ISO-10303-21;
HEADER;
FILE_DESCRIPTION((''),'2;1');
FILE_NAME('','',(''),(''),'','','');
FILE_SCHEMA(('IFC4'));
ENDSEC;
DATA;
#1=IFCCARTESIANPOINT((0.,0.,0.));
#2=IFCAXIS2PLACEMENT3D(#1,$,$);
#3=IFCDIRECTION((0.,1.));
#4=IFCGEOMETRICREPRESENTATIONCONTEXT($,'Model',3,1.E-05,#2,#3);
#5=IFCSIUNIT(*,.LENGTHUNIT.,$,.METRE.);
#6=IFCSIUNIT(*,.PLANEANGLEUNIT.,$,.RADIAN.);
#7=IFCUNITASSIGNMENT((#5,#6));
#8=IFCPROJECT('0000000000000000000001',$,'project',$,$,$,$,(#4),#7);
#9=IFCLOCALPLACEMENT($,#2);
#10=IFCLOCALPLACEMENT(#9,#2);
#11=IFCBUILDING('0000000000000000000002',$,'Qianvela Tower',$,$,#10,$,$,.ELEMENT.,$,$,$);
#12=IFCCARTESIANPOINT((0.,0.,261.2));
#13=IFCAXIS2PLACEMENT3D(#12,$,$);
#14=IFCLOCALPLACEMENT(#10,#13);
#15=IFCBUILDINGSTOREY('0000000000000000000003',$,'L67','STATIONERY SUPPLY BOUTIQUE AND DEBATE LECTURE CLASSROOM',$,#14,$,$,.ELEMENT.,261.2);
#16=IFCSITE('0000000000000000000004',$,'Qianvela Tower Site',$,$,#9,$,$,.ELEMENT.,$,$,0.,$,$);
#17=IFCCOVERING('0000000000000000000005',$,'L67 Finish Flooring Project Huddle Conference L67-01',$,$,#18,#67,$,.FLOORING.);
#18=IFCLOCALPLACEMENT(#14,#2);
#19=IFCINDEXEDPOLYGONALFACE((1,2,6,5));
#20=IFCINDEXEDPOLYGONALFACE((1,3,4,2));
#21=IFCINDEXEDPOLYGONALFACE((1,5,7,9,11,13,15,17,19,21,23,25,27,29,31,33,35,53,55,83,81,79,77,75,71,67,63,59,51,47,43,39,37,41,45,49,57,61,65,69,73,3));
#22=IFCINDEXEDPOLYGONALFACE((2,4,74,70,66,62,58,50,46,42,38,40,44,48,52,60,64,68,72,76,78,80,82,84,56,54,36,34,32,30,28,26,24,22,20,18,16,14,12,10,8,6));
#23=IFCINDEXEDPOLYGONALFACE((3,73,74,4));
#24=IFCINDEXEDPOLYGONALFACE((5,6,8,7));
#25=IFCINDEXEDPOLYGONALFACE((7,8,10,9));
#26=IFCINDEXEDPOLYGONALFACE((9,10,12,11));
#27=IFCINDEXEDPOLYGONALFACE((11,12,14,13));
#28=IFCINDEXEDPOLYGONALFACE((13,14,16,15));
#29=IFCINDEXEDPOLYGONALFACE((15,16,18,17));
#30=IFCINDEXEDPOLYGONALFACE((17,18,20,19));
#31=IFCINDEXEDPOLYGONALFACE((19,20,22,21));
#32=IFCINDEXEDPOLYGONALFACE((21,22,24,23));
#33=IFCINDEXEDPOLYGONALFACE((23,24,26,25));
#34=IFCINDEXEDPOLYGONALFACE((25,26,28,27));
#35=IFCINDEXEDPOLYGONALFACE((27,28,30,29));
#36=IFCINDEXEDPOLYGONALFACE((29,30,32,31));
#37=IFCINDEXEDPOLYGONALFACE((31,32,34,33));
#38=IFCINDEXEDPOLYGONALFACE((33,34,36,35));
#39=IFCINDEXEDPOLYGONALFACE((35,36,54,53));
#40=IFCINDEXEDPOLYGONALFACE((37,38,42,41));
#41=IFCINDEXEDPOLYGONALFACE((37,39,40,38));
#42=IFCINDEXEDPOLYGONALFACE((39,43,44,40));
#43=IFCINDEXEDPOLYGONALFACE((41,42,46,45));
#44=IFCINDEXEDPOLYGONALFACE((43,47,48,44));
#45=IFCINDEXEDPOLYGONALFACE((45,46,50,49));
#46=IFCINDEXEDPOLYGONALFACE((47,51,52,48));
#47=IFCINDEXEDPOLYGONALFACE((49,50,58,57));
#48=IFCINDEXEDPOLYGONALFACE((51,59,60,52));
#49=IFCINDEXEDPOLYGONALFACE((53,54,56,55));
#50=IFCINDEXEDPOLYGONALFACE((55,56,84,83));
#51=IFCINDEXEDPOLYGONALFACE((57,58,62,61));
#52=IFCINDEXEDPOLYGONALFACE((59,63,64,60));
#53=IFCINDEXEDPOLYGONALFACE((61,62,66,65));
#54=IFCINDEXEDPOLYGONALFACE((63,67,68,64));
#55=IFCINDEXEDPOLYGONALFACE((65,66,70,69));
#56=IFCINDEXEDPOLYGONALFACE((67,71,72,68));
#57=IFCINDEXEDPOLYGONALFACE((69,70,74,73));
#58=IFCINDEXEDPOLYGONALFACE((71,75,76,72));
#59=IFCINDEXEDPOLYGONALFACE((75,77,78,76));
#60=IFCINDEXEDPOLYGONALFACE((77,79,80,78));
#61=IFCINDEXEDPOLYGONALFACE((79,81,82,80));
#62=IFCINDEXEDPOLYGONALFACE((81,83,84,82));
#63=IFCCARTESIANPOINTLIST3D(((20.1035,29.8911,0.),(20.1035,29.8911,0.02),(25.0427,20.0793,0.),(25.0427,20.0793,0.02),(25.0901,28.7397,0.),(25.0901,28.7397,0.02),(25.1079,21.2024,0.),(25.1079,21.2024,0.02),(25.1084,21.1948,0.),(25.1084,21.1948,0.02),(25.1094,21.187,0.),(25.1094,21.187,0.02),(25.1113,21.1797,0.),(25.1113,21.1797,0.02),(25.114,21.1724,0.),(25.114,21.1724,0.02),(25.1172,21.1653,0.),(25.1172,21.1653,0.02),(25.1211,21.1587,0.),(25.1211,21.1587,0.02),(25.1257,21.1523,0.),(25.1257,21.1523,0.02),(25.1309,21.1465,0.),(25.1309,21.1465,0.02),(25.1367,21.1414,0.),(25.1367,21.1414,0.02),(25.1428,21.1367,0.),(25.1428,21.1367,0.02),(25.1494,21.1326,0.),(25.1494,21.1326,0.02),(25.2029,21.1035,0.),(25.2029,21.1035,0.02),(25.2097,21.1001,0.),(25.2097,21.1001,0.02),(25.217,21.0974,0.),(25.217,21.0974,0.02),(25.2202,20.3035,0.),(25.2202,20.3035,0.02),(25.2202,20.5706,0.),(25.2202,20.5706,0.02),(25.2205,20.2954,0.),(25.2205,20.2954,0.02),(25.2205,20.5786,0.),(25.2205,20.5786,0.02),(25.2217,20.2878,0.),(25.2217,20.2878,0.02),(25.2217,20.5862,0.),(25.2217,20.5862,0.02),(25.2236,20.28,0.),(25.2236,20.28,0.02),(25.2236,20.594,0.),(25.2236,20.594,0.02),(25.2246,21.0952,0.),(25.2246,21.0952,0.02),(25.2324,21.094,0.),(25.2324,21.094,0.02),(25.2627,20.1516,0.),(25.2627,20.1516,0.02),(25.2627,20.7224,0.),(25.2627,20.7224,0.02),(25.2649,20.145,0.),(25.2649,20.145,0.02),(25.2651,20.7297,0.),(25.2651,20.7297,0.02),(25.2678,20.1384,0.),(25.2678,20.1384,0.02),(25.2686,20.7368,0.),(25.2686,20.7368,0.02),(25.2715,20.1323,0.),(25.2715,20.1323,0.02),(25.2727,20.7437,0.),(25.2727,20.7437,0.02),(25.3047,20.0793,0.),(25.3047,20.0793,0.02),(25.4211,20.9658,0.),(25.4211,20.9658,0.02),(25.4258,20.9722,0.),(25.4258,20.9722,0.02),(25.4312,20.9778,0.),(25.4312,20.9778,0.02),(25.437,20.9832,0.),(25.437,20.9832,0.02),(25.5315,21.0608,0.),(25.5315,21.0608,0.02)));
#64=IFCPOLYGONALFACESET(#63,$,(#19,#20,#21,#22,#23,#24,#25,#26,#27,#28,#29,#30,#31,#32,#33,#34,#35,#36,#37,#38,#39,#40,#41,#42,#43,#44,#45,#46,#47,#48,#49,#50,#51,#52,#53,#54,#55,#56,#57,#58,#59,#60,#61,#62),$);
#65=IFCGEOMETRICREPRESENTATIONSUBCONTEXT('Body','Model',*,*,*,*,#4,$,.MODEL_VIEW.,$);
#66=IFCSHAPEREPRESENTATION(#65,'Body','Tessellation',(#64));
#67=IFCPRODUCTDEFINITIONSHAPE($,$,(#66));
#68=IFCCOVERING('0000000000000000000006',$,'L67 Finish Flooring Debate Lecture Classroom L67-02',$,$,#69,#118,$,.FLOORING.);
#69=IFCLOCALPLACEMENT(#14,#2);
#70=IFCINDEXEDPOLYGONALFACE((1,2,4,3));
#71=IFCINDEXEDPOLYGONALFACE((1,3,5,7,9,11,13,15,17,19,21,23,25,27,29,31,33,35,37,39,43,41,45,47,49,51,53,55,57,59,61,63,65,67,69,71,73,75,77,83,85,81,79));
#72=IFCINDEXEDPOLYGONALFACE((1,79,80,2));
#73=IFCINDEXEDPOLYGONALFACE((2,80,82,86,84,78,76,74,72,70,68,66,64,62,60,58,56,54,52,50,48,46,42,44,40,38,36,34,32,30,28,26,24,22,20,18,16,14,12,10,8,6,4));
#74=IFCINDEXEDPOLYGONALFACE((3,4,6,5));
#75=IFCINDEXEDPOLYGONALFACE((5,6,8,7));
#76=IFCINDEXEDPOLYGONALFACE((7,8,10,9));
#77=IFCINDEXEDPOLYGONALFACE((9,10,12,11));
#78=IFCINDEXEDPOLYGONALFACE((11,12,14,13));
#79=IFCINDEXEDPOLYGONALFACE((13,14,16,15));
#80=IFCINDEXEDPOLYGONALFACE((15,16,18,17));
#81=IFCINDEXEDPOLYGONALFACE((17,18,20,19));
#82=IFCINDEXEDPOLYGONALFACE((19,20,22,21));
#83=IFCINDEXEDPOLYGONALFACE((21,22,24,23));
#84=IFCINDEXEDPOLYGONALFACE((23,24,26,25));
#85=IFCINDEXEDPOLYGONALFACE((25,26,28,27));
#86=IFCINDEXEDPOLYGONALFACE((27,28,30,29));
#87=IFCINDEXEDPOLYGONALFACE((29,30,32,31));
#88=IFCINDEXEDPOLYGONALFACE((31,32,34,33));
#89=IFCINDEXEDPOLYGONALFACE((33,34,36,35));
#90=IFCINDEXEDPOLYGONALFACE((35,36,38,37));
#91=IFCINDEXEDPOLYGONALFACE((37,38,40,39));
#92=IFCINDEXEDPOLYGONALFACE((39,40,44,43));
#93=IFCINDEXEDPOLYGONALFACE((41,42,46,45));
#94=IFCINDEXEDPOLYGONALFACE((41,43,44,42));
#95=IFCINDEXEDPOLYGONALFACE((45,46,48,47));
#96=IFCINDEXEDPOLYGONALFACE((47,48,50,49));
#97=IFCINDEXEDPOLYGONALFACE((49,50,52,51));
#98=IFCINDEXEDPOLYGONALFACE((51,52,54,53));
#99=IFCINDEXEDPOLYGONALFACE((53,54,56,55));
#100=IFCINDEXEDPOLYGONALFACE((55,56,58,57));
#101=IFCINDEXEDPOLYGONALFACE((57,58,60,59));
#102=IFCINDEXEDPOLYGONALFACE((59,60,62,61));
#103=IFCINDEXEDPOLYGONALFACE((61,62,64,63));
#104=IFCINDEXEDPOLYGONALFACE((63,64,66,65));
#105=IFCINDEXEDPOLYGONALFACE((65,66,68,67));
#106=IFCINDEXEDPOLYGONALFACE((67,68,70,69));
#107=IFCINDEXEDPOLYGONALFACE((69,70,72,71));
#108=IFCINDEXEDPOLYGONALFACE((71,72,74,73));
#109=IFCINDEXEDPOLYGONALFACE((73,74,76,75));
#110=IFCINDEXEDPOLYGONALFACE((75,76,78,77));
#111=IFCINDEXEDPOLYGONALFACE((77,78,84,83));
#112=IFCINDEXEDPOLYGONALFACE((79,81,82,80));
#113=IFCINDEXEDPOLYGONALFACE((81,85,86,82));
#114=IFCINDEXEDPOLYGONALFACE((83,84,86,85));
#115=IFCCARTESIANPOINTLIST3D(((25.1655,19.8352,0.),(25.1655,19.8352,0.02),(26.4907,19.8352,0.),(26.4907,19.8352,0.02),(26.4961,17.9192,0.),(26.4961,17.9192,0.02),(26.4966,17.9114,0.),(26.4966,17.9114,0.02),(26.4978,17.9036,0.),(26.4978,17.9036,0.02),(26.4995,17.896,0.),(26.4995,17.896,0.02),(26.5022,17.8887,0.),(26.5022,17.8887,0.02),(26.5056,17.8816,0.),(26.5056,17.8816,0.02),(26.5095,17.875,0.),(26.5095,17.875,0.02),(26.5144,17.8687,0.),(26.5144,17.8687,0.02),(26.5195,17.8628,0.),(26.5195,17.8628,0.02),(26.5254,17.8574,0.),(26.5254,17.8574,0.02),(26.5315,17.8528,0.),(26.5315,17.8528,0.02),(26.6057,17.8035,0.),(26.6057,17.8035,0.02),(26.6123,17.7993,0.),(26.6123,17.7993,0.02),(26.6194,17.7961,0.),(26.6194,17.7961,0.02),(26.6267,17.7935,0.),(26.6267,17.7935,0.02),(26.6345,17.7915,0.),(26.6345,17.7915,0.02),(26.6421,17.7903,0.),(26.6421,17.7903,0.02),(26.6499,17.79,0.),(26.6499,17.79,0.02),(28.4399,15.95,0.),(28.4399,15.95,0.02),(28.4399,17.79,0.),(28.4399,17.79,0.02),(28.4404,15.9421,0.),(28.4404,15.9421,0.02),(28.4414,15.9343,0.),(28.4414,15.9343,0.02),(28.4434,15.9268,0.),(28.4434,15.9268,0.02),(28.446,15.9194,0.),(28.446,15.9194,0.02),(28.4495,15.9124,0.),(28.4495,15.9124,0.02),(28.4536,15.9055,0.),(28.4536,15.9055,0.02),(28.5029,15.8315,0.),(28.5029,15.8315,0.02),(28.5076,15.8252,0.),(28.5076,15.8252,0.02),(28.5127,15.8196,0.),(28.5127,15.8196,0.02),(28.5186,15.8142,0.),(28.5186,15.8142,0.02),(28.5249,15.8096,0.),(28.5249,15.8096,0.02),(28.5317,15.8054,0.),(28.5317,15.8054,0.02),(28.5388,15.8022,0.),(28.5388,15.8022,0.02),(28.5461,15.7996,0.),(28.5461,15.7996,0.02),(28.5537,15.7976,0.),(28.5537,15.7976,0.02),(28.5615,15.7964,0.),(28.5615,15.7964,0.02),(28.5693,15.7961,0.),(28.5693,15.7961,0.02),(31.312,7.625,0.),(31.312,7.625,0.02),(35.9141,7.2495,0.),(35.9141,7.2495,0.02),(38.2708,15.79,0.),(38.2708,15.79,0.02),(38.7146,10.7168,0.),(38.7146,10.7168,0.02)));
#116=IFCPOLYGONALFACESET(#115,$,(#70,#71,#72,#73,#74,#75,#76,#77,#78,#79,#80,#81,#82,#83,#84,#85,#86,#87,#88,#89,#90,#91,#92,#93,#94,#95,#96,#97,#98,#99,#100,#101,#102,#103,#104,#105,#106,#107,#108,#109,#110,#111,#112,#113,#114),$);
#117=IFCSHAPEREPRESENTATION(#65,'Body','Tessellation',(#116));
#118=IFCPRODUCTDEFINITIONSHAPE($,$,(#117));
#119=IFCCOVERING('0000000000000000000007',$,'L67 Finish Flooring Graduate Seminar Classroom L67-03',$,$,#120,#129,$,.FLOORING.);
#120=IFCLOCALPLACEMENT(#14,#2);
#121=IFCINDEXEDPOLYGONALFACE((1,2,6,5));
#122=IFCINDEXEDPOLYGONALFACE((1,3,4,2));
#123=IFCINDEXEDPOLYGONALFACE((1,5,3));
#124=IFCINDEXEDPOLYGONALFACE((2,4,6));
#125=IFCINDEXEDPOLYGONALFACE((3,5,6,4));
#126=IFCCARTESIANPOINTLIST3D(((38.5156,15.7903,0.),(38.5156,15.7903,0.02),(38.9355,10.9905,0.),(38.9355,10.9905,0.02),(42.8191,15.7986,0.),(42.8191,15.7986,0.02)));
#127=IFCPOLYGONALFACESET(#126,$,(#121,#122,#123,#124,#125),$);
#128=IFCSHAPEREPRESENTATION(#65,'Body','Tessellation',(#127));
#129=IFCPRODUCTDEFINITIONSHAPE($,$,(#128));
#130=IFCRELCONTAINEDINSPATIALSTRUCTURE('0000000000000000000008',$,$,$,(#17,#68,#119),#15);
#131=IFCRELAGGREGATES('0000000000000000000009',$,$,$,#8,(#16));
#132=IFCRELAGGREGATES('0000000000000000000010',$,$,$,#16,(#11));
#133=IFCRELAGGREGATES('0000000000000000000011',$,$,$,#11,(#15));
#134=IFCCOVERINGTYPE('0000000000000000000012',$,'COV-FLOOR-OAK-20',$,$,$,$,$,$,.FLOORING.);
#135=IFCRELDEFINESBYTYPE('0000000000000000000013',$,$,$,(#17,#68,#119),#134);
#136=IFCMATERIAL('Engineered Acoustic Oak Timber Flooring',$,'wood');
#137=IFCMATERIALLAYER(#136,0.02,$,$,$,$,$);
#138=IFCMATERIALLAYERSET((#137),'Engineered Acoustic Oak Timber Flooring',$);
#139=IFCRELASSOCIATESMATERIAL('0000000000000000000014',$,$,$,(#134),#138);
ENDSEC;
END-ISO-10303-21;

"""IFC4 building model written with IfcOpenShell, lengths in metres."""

from ifc_helpers import new_model, si_unit, direction, frame, origin, place, context, subcontext, project, spatial, polyline, outline, extrude, material, layer, layer_set, type_object, element, save


model = new_model("IFC4")

# Units and contexts
model_context = context("Model", 3, precision=1e-05, world=origin(), true_north=direction((0.0, 1.0)))
body_context = subcontext(model_context, "Body", "Model", "MODEL_VIEW")
ifc_project = project(units=[si_unit("LENGTHUNIT", "METRE"), si_unit("PLANEANGLEUNIT", "RADIAN")], contexts=[model_context])

# Site, building, storey
site_placement = place(None, origin())
site = spatial("IfcSite", under=ifc_project, at=site_placement, Name="Qianvela Tower Site", CompositionType="ELEMENT", RefElevation=0.0)
building_placement = place(site_placement, origin())
building = spatial("IfcBuilding", under=site, at=building_placement, Name="Qianvela Tower", CompositionType="ELEMENT")
storey_placement = place(building_placement, frame((0.0, 0.0, 261.2)))
storey = spatial("IfcBuildingStorey", under=building, at=storey_placement, Name="L67", Description="STATIONERY SUPPLY BOUTIQUE AND DEBATE LECTURE CLASSROOM", CompositionType="ELEMENT", Elevation=261.2)

# Coverings
ifc_material_1 = material(Name="Engineered Acoustic Oak Timber Flooring", Category="wood")
ifc_layer_1 = layer(ifc_material_1, 0.02)
ifc_layer_set_1 = layer_set([ifc_layer_1], Name="Engineered Acoustic Oak Timber Flooring")
covering_type_1 = type_object("IfcCoveringType", Name="COV-FLOOR-OAK-20", PredefinedType="FLOORING", material=ifc_layer_set_1)
covering_1_placement = place(storey_placement, origin())
element("IfcCovering", 1, at=covering_1_placement, inside=storey, type_object=covering_type_1, Name="L67 Finish Flooring Project Huddle Conference L67-01", PredefinedType="FLOORING", context=body_context, shape_type="SweptSolid", body=[
    extrude(outline(polyline([(25.5315, 21.0608), (25.437, 20.9832), (25.4312, 20.9778), (25.4258, 20.9722), (25.4211, 20.9658), (25.2727, 20.7437), (25.2686, 20.7368), (25.2651, 20.7297), (25.2627, 20.7224), (25.2236, 20.594), (25.2217, 20.5862), (25.2205, 20.5786), (25.2202, 20.5706), (25.2202, 20.3035), (25.2205, 20.2954), (25.2217, 20.2878), (25.2236, 20.28), (25.2627, 20.1516), (25.2649, 20.145), (25.2678, 20.1384), (25.2715, 20.1323), (25.3047, 20.0793), (25.0427, 20.0793), (20.1035, 29.8911), (25.0901, 28.7397), (25.1079, 21.2024), (25.1084, 21.1948), (25.1094, 21.187), (25.1113, 21.1797), (25.114, 21.1724), (25.1172, 21.1653), (25.1211, 21.1587), (25.1257, 21.1523), (25.1309, 21.1465), (25.1367, 21.1414), (25.1428, 21.1367), (25.1494, 21.1326), (25.2029, 21.1035), (25.2097, 21.1001), (25.217, 21.0974), (25.2246, 21.0952), (25.2324, 21.094), (25.5315, 21.0608)])), origin(), (0.0, 0.0, 1.0), 0.02),
])
covering_2_placement = place(storey_placement, origin())
element("IfcCovering", 2, at=covering_2_placement, inside=storey, type_object=covering_type_1, Name="L67 Finish Flooring Debate Lecture Classroom L67-02", PredefinedType="FLOORING", context=body_context, shape_type="SweptSolid", body=[
    extrude(outline(polyline([(26.6057, 17.8035), (26.6123, 17.7993), (26.6194, 17.7961), (26.6267, 17.7935), (26.6345, 17.7915), (26.6421, 17.7903), (26.6499, 17.79), (28.4399, 17.79), (28.4399, 15.95), (28.4404, 15.9421), (28.4414, 15.9343), (28.4434, 15.9268), (28.446, 15.9194), (28.4495, 15.9124), (28.4536, 15.9055), (28.5029, 15.8315), (28.5076, 15.8252), (28.5127, 15.8196), (28.5186, 15.8142), (28.5249, 15.8096), (28.5317, 15.8054), (28.5388, 15.8022), (28.5461, 15.7996), (28.5537, 15.7976), (28.5615, 15.7964), (28.5693, 15.7961), (38.2708, 15.79), (38.7146, 10.7168), (35.9141, 7.2495), (31.312, 7.625), (25.1655, 19.8352), (26.4907, 19.8352), (26.4961, 17.9192), (26.4966, 17.9114), (26.4978, 17.9036), (26.4995, 17.896), (26.5022, 17.8887), (26.5056, 17.8816), (26.5095, 17.875), (26.5144, 17.8687), (26.5195, 17.8628), (26.5254, 17.8574), (26.5315, 17.8528), (26.6057, 17.8035)])), origin(), (0.0, 0.0, 1.0), 0.02),
])
covering_3_placement = place(storey_placement, origin())
element("IfcCovering", 3, at=covering_3_placement, inside=storey, type_object=covering_type_1, Name="L67 Finish Flooring Graduate Seminar Classroom L67-03", PredefinedType="FLOORING", context=body_context, shape_type="SweptSolid", body=[
    extrude(outline(polyline([(42.8191, 15.7986), (38.9355, 10.9905), (38.5156, 15.7903), (42.8191, 15.7986)])), origin(), (0.0, 0.0, 1.0), 0.02),
])

save(model, "model.ifc")
